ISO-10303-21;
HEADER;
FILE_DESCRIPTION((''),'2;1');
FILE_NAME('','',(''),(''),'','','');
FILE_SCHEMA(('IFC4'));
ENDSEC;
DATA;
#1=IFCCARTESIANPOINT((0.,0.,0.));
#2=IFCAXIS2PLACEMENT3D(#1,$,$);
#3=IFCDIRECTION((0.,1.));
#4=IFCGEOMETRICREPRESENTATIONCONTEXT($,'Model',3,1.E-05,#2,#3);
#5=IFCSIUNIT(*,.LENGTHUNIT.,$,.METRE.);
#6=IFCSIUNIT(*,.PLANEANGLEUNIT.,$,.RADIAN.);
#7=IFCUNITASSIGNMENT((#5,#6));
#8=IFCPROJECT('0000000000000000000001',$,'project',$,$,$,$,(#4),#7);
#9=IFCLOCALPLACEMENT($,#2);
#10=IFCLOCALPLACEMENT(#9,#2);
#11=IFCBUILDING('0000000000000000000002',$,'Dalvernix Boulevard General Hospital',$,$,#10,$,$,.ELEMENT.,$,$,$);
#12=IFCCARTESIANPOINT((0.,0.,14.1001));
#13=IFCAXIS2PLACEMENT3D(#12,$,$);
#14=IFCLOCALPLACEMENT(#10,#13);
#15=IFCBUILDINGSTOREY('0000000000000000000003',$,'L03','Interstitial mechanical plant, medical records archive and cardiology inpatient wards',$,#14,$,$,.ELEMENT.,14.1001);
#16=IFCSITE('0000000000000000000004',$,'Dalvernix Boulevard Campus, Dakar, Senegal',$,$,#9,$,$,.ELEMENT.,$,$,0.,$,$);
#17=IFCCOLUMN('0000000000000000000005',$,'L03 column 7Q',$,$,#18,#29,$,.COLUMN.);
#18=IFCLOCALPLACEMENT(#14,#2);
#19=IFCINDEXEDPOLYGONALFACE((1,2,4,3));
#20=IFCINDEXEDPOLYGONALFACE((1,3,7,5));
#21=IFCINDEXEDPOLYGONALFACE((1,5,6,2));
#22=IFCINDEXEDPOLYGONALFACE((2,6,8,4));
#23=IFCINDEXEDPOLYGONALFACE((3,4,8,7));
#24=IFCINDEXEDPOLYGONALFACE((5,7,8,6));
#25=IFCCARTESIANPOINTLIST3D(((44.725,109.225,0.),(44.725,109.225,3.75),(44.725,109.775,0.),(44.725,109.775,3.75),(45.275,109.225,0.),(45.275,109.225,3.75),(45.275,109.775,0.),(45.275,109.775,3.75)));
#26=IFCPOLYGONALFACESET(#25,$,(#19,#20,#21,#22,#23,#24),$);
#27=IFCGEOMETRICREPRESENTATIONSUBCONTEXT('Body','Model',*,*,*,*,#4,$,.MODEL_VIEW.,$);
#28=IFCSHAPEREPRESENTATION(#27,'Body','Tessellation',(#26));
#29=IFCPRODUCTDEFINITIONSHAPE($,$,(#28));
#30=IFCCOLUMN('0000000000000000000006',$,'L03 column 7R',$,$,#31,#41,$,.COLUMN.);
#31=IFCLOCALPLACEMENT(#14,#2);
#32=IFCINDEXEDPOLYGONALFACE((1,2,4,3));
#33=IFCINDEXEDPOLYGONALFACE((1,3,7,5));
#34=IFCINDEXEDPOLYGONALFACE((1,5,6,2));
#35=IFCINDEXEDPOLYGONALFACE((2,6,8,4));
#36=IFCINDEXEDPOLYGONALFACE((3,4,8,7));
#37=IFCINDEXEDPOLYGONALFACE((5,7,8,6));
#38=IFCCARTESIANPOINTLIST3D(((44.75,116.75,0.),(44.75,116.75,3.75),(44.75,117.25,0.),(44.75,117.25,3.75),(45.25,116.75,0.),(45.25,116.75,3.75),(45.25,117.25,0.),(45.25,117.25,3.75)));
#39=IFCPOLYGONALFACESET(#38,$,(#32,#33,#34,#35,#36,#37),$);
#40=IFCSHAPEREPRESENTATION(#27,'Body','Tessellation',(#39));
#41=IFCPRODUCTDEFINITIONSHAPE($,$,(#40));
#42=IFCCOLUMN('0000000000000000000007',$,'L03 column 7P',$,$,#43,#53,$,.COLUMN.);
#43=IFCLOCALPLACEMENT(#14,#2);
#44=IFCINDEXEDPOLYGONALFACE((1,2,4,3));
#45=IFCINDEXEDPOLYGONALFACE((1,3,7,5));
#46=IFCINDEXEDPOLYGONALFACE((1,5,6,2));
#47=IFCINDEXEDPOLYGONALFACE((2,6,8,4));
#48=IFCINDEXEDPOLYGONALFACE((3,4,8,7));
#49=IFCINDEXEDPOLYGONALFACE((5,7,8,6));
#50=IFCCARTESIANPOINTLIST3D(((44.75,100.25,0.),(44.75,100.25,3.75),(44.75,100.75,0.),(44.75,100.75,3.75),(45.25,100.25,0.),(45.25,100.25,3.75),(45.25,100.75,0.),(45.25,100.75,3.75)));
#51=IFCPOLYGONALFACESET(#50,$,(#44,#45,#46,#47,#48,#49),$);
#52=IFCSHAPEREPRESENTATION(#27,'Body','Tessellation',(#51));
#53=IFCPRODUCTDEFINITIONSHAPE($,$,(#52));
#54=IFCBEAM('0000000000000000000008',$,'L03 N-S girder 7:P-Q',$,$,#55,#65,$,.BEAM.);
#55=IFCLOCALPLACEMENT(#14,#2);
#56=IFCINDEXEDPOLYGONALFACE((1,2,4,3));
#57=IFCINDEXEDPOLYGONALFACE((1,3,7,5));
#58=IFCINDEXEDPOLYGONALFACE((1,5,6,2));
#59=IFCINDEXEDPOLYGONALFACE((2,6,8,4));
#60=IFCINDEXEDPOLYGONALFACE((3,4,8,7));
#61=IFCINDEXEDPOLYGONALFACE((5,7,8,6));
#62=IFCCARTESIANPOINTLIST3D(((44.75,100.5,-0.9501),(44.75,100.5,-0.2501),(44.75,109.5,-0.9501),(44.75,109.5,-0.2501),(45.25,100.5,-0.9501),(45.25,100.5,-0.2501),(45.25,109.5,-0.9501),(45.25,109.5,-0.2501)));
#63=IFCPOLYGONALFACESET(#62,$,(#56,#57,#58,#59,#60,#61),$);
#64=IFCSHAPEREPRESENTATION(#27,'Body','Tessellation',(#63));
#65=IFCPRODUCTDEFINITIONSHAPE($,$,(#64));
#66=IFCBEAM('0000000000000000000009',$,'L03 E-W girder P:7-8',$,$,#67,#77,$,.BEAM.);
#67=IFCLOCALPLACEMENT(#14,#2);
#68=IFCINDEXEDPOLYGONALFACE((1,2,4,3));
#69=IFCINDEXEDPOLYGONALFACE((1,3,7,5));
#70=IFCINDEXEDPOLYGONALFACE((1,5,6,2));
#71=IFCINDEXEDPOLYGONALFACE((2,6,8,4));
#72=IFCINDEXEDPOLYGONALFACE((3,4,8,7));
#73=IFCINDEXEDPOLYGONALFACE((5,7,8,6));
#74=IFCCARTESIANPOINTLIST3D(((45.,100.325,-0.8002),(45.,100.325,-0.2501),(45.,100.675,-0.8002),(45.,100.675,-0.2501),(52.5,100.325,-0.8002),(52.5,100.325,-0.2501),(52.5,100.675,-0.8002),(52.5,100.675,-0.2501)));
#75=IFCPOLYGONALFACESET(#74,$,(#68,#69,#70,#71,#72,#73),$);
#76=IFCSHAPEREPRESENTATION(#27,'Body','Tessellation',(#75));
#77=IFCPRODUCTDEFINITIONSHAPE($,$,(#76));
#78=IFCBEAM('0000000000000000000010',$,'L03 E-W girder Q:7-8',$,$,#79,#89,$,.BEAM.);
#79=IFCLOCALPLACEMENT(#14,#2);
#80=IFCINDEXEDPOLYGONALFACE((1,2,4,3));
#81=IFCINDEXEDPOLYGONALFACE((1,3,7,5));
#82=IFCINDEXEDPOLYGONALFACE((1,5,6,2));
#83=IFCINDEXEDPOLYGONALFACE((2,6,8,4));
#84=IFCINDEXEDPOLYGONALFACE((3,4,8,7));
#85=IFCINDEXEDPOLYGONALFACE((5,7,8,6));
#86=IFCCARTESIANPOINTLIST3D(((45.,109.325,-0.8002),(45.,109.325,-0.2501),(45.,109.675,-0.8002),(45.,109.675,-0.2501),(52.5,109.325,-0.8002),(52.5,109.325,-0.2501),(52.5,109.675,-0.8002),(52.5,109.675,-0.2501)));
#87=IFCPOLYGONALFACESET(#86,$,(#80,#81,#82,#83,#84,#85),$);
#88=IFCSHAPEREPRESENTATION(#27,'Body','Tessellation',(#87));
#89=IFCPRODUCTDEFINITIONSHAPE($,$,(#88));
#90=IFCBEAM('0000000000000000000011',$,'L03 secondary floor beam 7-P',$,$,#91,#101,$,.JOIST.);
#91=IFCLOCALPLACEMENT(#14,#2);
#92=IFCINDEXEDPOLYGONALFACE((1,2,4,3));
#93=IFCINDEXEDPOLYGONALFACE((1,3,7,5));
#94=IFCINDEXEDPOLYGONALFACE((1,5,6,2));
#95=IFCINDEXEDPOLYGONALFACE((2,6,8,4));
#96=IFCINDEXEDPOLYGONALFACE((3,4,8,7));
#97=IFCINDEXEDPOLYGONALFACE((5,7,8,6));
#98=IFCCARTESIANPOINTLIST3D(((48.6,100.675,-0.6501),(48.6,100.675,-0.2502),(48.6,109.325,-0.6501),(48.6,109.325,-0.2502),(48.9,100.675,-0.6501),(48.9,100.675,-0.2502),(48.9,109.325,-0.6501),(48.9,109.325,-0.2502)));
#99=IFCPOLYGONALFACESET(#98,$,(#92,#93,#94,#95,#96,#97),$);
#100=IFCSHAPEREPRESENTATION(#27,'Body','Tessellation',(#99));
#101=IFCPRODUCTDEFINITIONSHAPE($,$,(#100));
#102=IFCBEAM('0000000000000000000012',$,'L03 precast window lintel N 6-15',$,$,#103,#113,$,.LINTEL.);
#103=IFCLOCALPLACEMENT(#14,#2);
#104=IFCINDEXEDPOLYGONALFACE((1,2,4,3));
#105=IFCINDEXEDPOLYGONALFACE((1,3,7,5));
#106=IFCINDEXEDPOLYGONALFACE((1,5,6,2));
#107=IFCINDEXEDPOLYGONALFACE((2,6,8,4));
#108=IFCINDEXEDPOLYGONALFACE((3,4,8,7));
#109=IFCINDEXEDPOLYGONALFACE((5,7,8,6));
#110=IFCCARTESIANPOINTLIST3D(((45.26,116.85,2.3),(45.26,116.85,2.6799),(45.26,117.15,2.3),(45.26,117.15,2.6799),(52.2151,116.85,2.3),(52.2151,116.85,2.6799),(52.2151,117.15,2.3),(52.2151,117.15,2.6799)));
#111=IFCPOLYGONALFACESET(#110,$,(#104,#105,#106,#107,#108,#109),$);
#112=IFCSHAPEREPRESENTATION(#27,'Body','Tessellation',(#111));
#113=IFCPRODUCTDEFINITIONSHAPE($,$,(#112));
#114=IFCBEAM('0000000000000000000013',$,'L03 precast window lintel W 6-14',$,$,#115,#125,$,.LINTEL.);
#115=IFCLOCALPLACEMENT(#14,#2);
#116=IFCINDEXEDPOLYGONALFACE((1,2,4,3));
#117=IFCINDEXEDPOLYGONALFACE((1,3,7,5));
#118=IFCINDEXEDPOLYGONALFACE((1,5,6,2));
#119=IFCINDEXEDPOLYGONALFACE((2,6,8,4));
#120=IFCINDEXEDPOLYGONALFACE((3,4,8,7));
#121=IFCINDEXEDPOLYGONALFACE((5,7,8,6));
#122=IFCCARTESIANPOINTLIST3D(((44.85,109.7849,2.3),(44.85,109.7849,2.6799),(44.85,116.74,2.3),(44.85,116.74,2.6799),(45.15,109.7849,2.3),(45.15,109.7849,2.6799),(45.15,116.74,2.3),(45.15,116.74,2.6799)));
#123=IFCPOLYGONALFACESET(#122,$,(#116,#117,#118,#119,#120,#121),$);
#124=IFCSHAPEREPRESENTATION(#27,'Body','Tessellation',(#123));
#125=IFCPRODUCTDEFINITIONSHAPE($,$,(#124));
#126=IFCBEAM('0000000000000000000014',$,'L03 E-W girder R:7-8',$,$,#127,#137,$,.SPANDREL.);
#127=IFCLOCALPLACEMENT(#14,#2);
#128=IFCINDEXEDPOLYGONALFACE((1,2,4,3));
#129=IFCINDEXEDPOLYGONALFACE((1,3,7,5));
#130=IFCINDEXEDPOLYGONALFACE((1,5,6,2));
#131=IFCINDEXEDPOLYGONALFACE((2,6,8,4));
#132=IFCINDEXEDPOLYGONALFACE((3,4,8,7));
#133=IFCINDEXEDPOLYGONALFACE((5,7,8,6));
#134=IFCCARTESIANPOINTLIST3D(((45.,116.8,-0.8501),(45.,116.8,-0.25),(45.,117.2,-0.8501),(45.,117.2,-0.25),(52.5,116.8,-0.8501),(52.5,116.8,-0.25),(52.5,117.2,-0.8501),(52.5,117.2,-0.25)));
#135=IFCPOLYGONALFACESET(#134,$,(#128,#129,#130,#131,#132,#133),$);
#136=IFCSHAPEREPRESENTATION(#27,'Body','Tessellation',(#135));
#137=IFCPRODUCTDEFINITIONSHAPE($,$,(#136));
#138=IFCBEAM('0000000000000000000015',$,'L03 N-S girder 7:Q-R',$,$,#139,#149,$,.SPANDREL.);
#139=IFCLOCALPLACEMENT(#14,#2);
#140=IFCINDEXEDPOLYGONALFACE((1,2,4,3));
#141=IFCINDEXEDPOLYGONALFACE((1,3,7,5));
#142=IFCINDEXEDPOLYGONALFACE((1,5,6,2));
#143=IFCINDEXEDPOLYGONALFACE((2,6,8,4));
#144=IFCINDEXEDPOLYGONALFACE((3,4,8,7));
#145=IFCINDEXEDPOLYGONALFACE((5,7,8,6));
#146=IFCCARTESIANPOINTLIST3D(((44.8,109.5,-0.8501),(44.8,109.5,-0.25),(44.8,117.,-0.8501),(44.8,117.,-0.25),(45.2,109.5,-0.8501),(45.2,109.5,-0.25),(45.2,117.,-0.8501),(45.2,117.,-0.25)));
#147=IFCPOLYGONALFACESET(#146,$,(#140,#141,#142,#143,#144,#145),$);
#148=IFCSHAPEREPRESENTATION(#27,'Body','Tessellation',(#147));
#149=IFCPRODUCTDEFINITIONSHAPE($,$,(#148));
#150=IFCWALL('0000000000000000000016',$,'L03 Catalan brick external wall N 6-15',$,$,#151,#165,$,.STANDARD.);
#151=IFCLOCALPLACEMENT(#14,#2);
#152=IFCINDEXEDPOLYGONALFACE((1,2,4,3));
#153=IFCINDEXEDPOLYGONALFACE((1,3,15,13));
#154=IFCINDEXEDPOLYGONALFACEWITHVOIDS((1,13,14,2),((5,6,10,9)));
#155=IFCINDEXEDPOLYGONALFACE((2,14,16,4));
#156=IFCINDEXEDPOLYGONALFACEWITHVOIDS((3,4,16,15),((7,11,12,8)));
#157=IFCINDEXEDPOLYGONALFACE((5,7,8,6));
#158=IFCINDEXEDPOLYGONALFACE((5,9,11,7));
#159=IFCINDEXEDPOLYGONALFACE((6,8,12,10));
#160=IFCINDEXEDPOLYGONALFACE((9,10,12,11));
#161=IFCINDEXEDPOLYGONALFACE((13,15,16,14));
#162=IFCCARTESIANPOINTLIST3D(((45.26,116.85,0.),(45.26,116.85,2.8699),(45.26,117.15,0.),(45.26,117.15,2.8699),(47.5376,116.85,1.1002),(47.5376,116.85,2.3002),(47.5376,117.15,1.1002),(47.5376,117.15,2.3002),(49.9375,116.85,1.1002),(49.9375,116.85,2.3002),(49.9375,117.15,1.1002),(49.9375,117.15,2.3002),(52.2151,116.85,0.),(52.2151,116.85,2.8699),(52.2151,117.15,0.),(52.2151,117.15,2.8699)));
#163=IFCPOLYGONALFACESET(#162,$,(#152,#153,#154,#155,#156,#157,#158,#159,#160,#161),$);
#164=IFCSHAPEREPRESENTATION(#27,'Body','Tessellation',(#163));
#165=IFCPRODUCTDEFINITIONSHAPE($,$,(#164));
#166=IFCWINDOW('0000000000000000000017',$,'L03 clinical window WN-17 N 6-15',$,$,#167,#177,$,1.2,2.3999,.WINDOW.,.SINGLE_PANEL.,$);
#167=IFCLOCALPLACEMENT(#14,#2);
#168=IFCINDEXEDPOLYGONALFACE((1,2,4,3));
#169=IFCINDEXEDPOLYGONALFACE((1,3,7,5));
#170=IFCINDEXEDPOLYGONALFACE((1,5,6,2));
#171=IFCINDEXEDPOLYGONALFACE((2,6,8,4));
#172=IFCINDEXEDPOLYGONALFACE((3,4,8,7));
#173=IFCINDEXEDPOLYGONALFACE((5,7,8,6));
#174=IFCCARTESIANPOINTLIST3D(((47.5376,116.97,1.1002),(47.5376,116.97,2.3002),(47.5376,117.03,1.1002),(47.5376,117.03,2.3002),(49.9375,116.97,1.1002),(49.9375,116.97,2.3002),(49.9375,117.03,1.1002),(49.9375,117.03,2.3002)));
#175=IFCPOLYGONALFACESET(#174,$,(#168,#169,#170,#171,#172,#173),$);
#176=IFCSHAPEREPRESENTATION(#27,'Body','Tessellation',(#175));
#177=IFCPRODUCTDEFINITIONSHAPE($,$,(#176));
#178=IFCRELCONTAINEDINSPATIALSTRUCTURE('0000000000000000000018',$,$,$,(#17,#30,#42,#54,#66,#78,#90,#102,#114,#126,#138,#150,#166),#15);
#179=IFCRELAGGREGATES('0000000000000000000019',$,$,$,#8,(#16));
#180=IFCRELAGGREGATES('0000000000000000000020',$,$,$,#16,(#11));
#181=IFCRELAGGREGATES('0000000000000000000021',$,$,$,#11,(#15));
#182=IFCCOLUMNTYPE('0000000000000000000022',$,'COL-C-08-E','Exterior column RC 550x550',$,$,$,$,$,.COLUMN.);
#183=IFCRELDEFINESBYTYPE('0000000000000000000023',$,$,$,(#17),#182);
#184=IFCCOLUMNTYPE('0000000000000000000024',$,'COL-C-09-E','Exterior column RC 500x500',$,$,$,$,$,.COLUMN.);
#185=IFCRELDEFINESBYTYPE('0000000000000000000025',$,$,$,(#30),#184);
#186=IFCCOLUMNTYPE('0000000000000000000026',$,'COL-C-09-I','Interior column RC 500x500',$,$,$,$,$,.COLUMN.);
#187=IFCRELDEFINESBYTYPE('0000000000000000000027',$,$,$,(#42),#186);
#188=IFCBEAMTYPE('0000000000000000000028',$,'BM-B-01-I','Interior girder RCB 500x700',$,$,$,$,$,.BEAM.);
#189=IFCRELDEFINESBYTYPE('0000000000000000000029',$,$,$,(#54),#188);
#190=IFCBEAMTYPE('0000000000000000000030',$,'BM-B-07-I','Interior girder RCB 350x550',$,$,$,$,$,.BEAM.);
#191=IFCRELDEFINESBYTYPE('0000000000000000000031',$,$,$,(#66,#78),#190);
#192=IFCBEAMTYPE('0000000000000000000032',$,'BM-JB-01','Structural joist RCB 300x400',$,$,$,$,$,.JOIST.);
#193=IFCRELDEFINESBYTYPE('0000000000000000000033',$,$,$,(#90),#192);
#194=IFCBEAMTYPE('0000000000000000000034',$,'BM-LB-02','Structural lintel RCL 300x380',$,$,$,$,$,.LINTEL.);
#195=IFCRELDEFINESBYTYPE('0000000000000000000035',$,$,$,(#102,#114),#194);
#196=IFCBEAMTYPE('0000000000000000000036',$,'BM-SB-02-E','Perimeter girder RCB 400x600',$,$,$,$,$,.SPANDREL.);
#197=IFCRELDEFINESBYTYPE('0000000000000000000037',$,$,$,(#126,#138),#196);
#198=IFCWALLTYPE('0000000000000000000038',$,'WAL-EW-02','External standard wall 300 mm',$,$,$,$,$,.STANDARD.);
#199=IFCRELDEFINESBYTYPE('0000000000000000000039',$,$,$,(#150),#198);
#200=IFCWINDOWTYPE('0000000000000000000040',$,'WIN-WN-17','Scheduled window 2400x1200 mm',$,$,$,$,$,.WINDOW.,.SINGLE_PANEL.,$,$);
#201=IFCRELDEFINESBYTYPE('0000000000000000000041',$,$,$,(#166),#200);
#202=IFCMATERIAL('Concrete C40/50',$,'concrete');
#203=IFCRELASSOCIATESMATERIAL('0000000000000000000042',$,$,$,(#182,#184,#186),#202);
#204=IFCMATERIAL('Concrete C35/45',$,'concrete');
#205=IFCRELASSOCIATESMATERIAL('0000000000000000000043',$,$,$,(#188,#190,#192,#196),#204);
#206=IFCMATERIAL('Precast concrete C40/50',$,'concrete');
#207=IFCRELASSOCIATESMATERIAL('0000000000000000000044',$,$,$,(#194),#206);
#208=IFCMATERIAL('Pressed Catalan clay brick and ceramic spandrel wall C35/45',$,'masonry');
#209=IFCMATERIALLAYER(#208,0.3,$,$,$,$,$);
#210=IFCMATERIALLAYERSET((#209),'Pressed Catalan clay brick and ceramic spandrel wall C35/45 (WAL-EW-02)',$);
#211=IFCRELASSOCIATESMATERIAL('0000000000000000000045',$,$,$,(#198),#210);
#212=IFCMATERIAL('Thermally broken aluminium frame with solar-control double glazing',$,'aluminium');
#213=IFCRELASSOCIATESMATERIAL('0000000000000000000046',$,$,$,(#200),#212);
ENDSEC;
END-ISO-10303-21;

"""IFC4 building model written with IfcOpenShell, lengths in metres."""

from ifc_helpers import new_model, si_unit, direction, frame, frame_2d, origin, origin_2d, place, context, subcontext, project, spatial, rectangle, extrude, material, layer, layer_set, material_profile, profile_set, type_object, element, fill, save


model = new_model("IFC4")

# Units and contexts
model_context = context("Model", 3, precision=1e-05, world=origin(), true_north=direction((0.0, 1.0)))
body_context = subcontext(model_context, "Body", "Model", "MODEL_VIEW")
ifc_project = project(units=[si_unit("LENGTHUNIT", "METRE"), si_unit("PLANEANGLEUNIT", "RADIAN")], contexts=[model_context])

# Site, building, storey
site_placement = place(None, origin())
site = spatial("IfcSite", under=ifc_project, at=site_placement, Name="Dalvernix Boulevard Campus, Dakar, Senegal", CompositionType="ELEMENT", RefElevation=0.0)
building_placement = place(site_placement, origin())
building = spatial("IfcBuilding", under=site, at=building_placement, Name="Dalvernix Boulevard General Hospital", CompositionType="ELEMENT")
storey_placement = place(building_placement, frame((0.0, 0.0, 14.1001)))
storey = spatial("IfcBuildingStorey", under=building, at=storey_placement, Name="L03", Description="Interstitial mechanical plant, medical records archive and cardiology inpatient wards", CompositionType="ELEMENT", Elevation=14.1001)

# Columns
ifc_material_1 = material(Name="Concrete C40/50", Category="concrete")
ifc_material_profile_1 = material_profile(ifc_material_1, rectangle(XDim=0.55, YDim=0.55, at=origin_2d()), Name="RC 550x550")
ifc_profile_set_1 = profile_set([ifc_material_profile_1], Name="Concrete C40/50")
column_type_1 = type_object("IfcColumnType", Name="COL-C-08-E", Description="Exterior column RC 550x550", PredefinedType="COLUMN", material=ifc_profile_set_1)
column_1_placement = place(storey_placement, frame((45.0, 109.5, 0.0), z_axis=(0.0, 0.0, 1.0), x_axis=(1.0, 0.0, 0.0)))
element("IfcColumn", 1, at=column_1_placement, inside=storey, type_object=column_type_1, Name="L03 column 7Q", PredefinedType="COLUMN", context=body_context, shape_type="SweptSolid", body=[
    extrude(rectangle(XDim=0.55, YDim=0.55, at=origin_2d()), origin(), (0.0, 0.0, 1.0), 3.75),
])
ifc_material_profile_2 = material_profile(ifc_material_1, rectangle(XDim=0.5, YDim=0.5, at=origin_2d()), Name="RC 500x500")
ifc_profile_set_2 = profile_set([ifc_material_profile_2], Name="Concrete C40/50")
column_type_2 = type_object("IfcColumnType", Name="COL-C-09-E", Description="Exterior column RC 500x500", PredefinedType="COLUMN", material=ifc_profile_set_2)
column_2_placement = place(storey_placement, frame((45.0, 117.0, 0.0), z_axis=(0.0, 0.0, 1.0), x_axis=(1.0, 0.0, 0.0)))
element("IfcColumn", 2, at=column_2_placement, inside=storey, type_object=column_type_2, Name="L03 column 7R", PredefinedType="COLUMN", context=body_context, shape_type="SweptSolid", body=[
    extrude(rectangle(XDim=0.5, YDim=0.5, at=origin_2d()), origin(), (0.0, 0.0, 1.0), 3.75),
])
ifc_material_profile_3 = material_profile(ifc_material_1, rectangle(XDim=0.5, YDim=0.5, at=origin_2d()), Name="RC 500x500")
ifc_profile_set_3 = profile_set([ifc_material_profile_3], Name="Concrete C40/50")
column_type_3 = type_object("IfcColumnType", Name="COL-C-09-I", Description="Interior column RC 500x500", PredefinedType="COLUMN", material=ifc_profile_set_3)
column_3_placement = place(storey_placement, frame((45.0, 100.5, 0.0), z_axis=(0.0, 0.0, 1.0), x_axis=(1.0, 0.0, 0.0)))
element("IfcColumn", 3, at=column_3_placement, inside=storey, type_object=column_type_3, Name="L03 column 7P", PredefinedType="COLUMN", context=body_context, shape_type="SweptSolid", body=[
    extrude(rectangle(XDim=0.5, YDim=0.5, at=origin_2d()), origin(), (0.0, 0.0, 1.0), 3.75),
])

# Beams
ifc_material_2 = material(Name="Concrete C35/45", Category="concrete")
ifc_material_profile_4 = material_profile(ifc_material_2, rectangle(XDim=0.5, YDim=0.7, at=origin_2d()), Name="RCB 500x700")
ifc_profile_set_4 = profile_set([ifc_material_profile_4], Name="Concrete C35/45")
beam_type_1 = type_object("IfcBeamType", Name="BM-B-01-I", Description="Interior girder RCB 500x700", PredefinedType="BEAM", material=ifc_profile_set_4)
beam_1_placement = place(storey_placement, frame((45.0, 100.5, -0.6001), z_axis=(0.0, 1.0, 0.0), x_axis=(-1.0, 0.0, 0.0)))
element("IfcBeam", 4, at=beam_1_placement, inside=storey, type_object=beam_type_1, Name="L03 N-S girder 7:P-Q", PredefinedType="BEAM", context=body_context, shape_type="SweptSolid", body=[
    extrude(rectangle(XDim=0.5, YDim=0.7, at=origin_2d()), origin(), (0.0, 0.0, 1.0), 9.0),
])
ifc_material_profile_5 = material_profile(ifc_material_2, rectangle(XDim=0.3501, YDim=0.55, at=origin_2d()), Name="RCB 350x550")
ifc_profile_set_5 = profile_set([ifc_material_profile_5], Name="Concrete C35/45")
beam_type_2 = type_object("IfcBeamType", Name="BM-B-07-I", Description="Interior girder RCB 350x550", PredefinedType="BEAM", material=ifc_profile_set_5)
for number, where, z_axis, x_axis, name in (
    (5, (45.0, 100.5, -0.5251), (1.0, 0.0, 0.0), (0.0, 1.0, 0.0), "L03 E-W girder P:7-8"),
    (6, (45.0, 109.5, -0.5251), (1.0, 0.0, 0.0), (0.0, 1.0, 0.0), "L03 E-W girder Q:7-8"),
):
    element("IfcBeam", number, at=place(storey_placement, frame(where, z_axis=z_axis, x_axis=x_axis)), inside=storey, type_object=beam_type_2, Name=name, PredefinedType="BEAM", context=body_context, shape_type="SweptSolid", body=[
        extrude(rectangle(XDim=0.3501, YDim=0.55, at=origin_2d()), origin(), (0.0, 0.0, 1.0), 7.5),
    ])
ifc_material_profile_6 = material_profile(ifc_material_2, rectangle(XDim=0.3, YDim=0.3999, at=origin_2d()), Name="RCB 300x400")
ifc_profile_set_6 = profile_set([ifc_material_profile_6], Name="Concrete C35/45")
beam_type_3 = type_object("IfcBeamType", Name="BM-JB-01", Description="Structural joist RCB 300x400", PredefinedType="JOIST", material=ifc_profile_set_6)
beam_2_placement = place(storey_placement, frame((48.75, 100.675, -0.4502), z_axis=(0.0, 1.0, 0.0), x_axis=(-1.0, 0.0, 0.0)))
element("IfcBeam", 7, at=beam_2_placement, inside=storey, type_object=beam_type_3, Name="L03 secondary floor beam 7-P", PredefinedType="JOIST", context=body_context, shape_type="SweptSolid", body=[
    extrude(rectangle(XDim=0.3, YDim=0.3999, at=origin_2d()), origin(), (0.0, 0.0, 1.0), 8.6499),
])
ifc_material_3 = material(Name="Precast concrete C40/50", Category="concrete")
ifc_material_profile_7 = material_profile(ifc_material_3, rectangle(XDim=0.3, YDim=0.3799, at=origin_2d()), Name="RCL 300x380")
ifc_profile_set_7 = profile_set([ifc_material_profile_7], Name="Precast concrete C40/50")
beam_type_4 = type_object("IfcBeamType", Name="BM-LB-02", Description="Structural lintel RCL 300x380", PredefinedType="LINTEL", material=ifc_profile_set_7)
for number, where, z_axis, x_axis, name in (
    (8, (45.26, 117.0, 2.49), (1.0, 0.0, 0.0), (0.0, 1.0, 0.0), "L03 precast window lintel N 6-15"),
    (9, (45.0, 109.7849, 2.49), (0.0, 1.0, 0.0), (-1.0, 0.0, 0.0), "L03 precast window lintel W 6-14"),
):
    element("IfcBeam", number, at=place(storey_placement, frame(where, z_axis=z_axis, x_axis=x_axis)), inside=storey, type_object=beam_type_4, Name=name, PredefinedType="LINTEL", context=body_context, shape_type="SweptSolid", body=[
        extrude(rectangle(XDim=0.3, YDim=0.3799, at=origin_2d()), origin(), (0.0, 0.0, 1.0), 6.9551),
    ])
ifc_material_profile_8 = material_profile(ifc_material_2, rectangle(XDim=0.3999, YDim=0.6001, at=origin_2d()), Name="RCB 400x600")
ifc_profile_set_8 = profile_set([ifc_material_profile_8], Name="Concrete C35/45")
beam_type_5 = type_object("IfcBeamType", Name="BM-SB-02-E", Description="Perimeter girder RCB 400x600", PredefinedType="SPANDREL", material=ifc_profile_set_8)
for number, where, z_axis, x_axis, name in (
    (10, (45.0, 117.0, -0.55), (1.0, 0.0, 0.0), (0.0, 1.0, 0.0), "L03 E-W girder R:7-8"),
    (11, (45.0, 109.5, -0.55), (0.0, 1.0, 0.0), (-1.0, 0.0, 0.0), "L03 N-S girder 7:Q-R"),
):
    element("IfcBeam", number, at=place(storey_placement, frame(where, z_axis=z_axis, x_axis=x_axis)), inside=storey, type_object=beam_type_5, Name=name, PredefinedType="SPANDREL", context=body_context, shape_type="SweptSolid", body=[
        extrude(rectangle(XDim=0.3999, YDim=0.6001, at=origin_2d()), origin(), (0.0, 0.0, 1.0), 7.5),
    ])

# Wall, opening, window
ifc_material_4 = material(Name="Pressed Catalan clay brick and ceramic spandrel wall C35/45", Category="masonry")
ifc_layer_1 = layer(ifc_material_4, 0.3)
ifc_layer_set_1 = layer_set([ifc_layer_1], Name="Pressed Catalan clay brick and ceramic spandrel wall C35/45 (WAL-EW-02)")
wall_type = type_object("IfcWallType", Name="WAL-EW-02", Description="External standard wall 300 mm", PredefinedType="STANDARD", material=ifc_layer_set_1)
wall_1_placement = place(storey_placement, frame((45.26, 117.0, 0.0), z_axis=(0.0, 0.0, 1.0), x_axis=(1.0, 0.0, 0.0)))
wall_1 = element("IfcWall", 12, at=wall_1_placement, inside=storey, type_object=wall_type, Name="L03 Catalan brick external wall N 6-15", PredefinedType="STANDARD", context=body_context, shape_type="SweptSolid", body=[
    extrude(rectangle(XDim=6.9551, YDim=0.3, at=frame_2d((3.4775, 0.0))), origin(), (0.0, 0.0, 1.0), 2.8699),
])
opening_1_placement = place(wall_1_placement, frame((2.2776, 0.0, 1.1001)))
opening_1 = element("IfcOpeningElement", 13, at=opening_1_placement, cuts=wall_1, PredefinedType="OPENING", context=body_context, shape_type="SweptSolid", body=[
    extrude(rectangle(XDim=2.3999, YDim=1.2, at=frame_2d((1.2, 0.6001))), frame((0.0, 0.1599, 0.0), z_axis=(0.0, -1.0, 0.0), x_axis=(1.0, 0.0, 0.0)), (0.0, 0.0, 1.0), 0.3201),
])
ifc_material_5 = material(Name="Thermally broken aluminium frame with solar-control double glazing", Category="aluminium")
window_type = type_object("IfcWindowType", Name="WIN-WN-17", Description="Scheduled window 2400x1200 mm", PartitioningType="SINGLE_PANEL", PredefinedType="WINDOW", material=ifc_material_5)
window_1_placement = place(opening_1_placement, origin())
window_1 = element("IfcWindow", 14, at=window_1_placement, inside=storey, type_object=window_type, Name="L03 clinical window WN-17 N 6-15", OverallHeight=1.2, OverallWidth=2.3999, PartitioningType="SINGLE_PANEL", PredefinedType="WINDOW", context=body_context, shape_type="SweptSolid", body=[
    extrude(rectangle(XDim=2.3999, YDim=1.2, at=frame_2d((1.2, 0.6001))), frame((0.0, 0.03, 0.0), z_axis=(0.0, -1.0, 0.0), x_axis=(1.0, 0.0, 0.0)), (0.0, 0.0, 1.0), 0.0601),
])
fill(opening_1, window_1)

save(model, "model.ifc")
